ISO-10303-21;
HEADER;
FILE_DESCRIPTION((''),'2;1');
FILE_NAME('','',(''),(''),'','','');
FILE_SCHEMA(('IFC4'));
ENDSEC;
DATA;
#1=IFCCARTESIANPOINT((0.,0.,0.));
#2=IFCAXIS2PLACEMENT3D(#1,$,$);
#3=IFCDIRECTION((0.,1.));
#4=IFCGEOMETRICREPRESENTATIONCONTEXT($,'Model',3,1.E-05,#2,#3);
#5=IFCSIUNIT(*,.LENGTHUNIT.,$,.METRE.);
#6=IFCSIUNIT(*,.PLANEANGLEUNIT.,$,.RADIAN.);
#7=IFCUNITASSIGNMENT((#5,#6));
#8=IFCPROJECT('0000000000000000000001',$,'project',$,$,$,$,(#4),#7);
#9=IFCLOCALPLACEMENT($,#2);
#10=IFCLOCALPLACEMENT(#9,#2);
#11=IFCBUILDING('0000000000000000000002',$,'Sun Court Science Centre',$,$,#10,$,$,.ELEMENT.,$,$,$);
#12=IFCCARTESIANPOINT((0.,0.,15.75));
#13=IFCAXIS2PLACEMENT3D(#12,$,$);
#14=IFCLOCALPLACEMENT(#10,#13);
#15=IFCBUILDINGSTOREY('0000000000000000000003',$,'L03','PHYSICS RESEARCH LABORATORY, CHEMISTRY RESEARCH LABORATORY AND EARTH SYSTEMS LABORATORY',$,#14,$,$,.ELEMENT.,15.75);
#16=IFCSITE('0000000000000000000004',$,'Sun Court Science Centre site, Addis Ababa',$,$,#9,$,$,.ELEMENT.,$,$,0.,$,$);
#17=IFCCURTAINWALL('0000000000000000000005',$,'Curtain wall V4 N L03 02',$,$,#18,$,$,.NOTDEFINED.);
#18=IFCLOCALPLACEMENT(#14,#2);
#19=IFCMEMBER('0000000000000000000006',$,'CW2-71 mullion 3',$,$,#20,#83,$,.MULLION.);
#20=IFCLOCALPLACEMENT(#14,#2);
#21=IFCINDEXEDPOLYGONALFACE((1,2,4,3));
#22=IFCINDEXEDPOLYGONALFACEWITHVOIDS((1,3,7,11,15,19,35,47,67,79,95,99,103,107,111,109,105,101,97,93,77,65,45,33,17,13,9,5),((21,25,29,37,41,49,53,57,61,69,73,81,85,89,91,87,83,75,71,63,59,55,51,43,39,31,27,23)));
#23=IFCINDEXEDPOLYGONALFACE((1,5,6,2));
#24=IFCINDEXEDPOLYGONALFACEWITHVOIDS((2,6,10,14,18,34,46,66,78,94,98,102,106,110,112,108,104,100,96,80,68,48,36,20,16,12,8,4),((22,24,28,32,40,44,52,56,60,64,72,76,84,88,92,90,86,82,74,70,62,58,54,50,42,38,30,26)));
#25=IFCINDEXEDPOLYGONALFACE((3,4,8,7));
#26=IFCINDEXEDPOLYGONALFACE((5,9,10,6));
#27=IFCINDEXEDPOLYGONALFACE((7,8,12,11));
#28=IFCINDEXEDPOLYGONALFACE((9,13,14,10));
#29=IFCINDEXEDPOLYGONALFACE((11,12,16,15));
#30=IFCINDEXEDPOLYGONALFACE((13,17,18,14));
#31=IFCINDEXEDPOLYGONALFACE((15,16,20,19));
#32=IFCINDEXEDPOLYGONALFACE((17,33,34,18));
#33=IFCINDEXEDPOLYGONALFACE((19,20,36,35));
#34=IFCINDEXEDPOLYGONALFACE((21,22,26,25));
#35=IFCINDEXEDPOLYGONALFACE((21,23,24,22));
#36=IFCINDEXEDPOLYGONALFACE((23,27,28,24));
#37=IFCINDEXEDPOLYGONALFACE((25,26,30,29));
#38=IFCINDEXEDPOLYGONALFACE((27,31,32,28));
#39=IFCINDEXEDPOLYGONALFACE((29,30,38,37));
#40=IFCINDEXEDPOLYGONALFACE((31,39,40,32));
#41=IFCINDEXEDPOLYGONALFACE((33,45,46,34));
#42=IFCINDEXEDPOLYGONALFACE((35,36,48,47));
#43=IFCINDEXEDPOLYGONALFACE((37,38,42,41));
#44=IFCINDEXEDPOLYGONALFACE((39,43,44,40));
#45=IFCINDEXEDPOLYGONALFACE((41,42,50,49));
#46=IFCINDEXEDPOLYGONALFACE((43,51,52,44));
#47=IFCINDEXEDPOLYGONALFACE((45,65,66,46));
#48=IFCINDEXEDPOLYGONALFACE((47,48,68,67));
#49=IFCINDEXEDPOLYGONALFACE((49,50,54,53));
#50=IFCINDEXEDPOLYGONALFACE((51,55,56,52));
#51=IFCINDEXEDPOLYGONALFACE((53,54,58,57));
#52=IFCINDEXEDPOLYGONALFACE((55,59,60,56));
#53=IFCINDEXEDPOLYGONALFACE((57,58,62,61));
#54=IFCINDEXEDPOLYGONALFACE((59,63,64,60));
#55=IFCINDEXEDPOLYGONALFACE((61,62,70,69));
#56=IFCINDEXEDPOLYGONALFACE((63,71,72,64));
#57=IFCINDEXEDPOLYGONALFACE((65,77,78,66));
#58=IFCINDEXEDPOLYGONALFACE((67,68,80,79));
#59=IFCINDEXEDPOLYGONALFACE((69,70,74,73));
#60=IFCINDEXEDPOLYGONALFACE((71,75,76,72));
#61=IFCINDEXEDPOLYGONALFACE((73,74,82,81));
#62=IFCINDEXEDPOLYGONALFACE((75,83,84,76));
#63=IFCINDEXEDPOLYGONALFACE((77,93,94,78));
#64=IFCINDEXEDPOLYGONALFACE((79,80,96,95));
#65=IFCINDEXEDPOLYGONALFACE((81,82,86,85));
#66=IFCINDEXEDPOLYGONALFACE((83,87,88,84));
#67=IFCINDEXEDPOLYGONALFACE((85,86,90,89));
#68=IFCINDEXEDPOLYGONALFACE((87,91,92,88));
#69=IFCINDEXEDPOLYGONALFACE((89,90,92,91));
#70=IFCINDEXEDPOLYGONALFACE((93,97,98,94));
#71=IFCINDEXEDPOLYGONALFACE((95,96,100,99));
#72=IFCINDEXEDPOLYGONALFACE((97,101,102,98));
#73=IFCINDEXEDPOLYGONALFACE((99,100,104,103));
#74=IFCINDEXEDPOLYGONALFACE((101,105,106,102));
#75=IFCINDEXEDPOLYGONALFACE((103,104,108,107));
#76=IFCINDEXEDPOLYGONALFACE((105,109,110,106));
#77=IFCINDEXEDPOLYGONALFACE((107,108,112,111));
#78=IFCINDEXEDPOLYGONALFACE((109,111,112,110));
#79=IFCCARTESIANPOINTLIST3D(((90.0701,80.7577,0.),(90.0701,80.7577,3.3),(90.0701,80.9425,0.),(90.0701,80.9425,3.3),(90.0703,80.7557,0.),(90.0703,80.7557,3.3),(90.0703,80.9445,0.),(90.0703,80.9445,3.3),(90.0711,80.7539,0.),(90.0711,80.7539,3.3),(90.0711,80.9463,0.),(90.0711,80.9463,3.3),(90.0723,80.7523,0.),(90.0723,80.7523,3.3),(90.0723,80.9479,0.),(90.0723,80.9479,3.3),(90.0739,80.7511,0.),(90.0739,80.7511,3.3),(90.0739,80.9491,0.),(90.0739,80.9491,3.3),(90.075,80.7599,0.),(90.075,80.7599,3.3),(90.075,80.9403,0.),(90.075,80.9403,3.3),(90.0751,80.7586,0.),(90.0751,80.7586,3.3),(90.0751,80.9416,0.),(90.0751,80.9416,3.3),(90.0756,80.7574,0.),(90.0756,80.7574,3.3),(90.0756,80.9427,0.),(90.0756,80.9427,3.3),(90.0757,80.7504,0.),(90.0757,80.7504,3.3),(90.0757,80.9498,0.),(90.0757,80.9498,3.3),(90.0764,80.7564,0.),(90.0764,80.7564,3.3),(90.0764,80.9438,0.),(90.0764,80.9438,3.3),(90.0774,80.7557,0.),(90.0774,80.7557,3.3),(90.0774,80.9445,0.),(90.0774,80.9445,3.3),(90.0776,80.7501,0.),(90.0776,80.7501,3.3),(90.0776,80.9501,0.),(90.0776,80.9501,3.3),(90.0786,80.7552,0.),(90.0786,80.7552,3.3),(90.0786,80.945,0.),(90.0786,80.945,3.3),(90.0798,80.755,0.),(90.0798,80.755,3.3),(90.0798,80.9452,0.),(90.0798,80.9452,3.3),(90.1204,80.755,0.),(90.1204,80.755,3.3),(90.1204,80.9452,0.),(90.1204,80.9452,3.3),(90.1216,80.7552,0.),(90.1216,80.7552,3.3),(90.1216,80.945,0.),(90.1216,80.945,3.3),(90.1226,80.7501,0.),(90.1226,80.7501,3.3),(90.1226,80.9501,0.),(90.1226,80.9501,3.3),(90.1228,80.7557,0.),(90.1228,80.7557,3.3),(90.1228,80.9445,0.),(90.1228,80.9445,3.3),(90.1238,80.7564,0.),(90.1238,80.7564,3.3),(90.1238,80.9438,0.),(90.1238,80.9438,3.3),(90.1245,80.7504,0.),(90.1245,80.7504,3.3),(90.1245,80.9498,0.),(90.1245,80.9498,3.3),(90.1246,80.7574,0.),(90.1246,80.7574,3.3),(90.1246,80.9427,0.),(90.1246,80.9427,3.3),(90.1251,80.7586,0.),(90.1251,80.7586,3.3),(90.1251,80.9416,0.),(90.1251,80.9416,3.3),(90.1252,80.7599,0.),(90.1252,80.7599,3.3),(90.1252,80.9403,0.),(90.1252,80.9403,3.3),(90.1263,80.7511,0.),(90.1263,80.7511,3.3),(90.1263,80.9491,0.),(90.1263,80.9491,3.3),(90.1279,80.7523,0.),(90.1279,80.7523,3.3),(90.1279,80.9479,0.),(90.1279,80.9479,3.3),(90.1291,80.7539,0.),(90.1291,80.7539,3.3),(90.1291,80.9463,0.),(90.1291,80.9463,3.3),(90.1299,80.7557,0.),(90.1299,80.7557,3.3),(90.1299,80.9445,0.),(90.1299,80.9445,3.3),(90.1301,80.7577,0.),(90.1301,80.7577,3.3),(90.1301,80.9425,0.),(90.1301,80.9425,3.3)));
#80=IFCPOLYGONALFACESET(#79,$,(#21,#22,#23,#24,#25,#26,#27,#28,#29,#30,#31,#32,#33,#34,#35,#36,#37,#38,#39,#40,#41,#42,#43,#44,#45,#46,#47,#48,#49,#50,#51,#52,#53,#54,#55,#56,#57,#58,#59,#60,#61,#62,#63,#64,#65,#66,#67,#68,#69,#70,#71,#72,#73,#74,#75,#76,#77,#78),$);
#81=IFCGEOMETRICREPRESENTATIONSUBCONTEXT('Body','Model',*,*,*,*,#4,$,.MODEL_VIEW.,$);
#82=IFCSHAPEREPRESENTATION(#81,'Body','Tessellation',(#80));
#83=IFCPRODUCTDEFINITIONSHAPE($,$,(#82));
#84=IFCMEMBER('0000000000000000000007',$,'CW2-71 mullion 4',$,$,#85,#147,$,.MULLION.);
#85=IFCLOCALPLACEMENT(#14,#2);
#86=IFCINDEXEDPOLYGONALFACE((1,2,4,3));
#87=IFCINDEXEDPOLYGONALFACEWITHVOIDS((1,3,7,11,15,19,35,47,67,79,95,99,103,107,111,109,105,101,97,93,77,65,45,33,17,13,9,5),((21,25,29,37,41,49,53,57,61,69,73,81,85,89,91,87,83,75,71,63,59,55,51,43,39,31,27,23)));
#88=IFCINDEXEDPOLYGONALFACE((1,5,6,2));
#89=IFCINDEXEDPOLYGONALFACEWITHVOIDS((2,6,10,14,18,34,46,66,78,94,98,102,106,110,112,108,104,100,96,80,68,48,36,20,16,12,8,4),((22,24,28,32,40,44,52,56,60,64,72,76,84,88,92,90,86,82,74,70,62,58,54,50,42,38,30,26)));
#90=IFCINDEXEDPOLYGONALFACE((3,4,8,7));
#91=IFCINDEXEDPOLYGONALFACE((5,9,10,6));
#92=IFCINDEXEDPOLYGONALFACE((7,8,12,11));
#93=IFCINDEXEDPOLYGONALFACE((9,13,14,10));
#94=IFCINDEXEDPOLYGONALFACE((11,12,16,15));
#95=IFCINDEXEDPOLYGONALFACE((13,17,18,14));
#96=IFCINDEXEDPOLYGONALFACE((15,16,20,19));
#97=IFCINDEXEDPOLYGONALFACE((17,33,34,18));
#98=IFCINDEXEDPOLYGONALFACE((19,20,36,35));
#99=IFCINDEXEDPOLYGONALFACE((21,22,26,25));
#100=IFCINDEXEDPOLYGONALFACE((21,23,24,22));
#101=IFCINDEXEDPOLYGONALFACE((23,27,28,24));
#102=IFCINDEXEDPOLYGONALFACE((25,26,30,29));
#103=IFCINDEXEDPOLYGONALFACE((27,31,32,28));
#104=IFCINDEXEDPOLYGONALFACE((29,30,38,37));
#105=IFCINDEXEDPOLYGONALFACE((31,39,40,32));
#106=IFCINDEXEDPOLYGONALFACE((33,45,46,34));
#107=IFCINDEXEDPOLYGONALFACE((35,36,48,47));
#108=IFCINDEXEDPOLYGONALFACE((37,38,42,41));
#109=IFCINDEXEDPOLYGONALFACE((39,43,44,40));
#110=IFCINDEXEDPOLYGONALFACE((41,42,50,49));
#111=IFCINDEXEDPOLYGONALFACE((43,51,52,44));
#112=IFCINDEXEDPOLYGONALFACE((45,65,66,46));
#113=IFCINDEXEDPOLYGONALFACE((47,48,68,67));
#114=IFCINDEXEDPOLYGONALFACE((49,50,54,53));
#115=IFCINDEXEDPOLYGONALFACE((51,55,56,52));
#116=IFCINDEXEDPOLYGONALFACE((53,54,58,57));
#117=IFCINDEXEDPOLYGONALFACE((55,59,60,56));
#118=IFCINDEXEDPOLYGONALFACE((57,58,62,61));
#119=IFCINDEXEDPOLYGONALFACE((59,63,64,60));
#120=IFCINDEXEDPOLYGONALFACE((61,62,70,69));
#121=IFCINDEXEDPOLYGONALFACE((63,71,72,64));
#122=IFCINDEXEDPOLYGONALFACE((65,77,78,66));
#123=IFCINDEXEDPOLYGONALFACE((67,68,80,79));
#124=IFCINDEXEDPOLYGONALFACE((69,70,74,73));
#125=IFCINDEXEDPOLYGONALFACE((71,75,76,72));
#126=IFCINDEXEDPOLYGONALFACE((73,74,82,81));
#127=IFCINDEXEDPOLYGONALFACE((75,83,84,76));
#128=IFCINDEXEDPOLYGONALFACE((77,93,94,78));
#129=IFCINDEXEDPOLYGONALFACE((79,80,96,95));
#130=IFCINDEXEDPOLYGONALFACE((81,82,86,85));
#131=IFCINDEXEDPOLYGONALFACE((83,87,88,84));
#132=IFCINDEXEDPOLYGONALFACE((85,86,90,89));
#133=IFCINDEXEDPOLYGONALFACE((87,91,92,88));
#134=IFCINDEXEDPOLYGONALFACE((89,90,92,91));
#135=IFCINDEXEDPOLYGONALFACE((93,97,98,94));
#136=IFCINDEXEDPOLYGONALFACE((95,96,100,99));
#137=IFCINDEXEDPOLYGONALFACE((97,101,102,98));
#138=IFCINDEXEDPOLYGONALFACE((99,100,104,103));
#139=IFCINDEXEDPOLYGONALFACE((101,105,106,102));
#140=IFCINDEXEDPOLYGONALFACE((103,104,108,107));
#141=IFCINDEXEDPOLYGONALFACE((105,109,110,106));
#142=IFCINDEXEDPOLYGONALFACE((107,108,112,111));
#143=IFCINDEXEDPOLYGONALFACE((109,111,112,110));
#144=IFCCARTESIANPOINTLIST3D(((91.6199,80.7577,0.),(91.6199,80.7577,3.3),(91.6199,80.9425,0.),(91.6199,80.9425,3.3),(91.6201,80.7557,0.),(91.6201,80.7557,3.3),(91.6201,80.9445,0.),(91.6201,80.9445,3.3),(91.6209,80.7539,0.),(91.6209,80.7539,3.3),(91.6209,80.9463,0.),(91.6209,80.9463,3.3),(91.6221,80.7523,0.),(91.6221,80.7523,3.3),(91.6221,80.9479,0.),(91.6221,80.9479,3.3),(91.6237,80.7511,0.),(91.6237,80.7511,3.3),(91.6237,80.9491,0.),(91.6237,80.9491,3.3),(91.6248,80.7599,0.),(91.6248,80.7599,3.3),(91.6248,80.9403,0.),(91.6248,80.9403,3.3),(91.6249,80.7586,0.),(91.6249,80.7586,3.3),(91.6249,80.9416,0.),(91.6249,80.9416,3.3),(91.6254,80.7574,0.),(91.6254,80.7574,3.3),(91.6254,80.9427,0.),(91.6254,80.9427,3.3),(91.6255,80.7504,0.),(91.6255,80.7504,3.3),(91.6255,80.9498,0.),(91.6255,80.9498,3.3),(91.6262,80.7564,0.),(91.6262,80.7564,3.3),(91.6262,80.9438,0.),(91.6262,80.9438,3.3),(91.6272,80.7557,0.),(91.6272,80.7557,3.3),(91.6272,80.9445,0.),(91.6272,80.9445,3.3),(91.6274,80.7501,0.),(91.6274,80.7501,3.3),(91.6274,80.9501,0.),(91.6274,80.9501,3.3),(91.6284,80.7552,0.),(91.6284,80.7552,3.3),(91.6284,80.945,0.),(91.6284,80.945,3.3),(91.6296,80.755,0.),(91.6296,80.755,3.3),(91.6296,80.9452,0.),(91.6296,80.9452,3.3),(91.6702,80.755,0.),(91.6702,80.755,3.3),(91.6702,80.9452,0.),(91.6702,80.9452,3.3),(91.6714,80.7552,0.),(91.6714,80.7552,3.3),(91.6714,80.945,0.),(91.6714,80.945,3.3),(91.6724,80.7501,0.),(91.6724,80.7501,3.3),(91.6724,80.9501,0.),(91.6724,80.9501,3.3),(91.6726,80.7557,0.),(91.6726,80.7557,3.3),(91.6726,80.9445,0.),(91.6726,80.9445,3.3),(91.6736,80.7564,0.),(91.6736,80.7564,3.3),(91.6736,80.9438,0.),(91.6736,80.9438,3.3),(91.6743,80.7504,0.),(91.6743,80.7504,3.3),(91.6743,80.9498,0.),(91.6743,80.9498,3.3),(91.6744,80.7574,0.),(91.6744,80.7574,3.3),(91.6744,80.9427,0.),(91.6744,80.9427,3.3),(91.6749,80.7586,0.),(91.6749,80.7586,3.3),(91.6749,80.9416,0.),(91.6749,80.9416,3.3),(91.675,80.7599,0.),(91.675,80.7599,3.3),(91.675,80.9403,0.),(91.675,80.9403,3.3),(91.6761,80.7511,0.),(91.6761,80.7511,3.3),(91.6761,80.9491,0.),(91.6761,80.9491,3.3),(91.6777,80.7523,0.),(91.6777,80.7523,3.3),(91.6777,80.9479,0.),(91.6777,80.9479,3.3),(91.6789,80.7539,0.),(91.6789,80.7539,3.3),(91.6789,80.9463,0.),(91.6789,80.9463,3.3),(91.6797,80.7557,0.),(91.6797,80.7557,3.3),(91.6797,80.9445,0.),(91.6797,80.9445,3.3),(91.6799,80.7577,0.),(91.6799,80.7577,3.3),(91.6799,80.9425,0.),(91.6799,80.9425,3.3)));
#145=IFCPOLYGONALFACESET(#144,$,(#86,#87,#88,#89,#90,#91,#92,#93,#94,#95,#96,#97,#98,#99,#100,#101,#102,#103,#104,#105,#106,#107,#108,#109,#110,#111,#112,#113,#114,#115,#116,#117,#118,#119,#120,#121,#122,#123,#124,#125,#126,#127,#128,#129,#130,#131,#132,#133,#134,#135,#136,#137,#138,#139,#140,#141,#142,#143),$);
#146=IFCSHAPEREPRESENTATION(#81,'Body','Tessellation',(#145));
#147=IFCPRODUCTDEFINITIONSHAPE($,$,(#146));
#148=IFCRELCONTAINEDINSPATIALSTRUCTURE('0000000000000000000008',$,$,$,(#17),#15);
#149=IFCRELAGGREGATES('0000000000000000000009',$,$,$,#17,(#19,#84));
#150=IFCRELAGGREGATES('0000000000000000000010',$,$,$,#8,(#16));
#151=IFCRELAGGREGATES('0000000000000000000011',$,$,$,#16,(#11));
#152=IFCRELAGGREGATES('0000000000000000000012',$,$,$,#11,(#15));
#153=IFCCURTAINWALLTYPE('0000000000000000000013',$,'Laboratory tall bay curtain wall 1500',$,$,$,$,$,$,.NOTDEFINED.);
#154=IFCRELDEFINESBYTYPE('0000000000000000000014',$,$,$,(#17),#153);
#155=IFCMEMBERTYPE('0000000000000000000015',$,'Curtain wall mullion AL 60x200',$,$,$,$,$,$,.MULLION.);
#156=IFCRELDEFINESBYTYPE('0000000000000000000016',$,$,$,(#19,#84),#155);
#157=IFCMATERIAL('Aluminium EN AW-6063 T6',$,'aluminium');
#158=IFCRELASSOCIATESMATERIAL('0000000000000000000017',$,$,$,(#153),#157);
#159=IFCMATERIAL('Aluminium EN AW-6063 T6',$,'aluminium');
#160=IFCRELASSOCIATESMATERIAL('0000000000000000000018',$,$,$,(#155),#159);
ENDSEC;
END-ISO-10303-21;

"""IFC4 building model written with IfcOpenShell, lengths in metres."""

from ifc_helpers import new_model, si_unit, direction, frame, origin, origin_2d, place, context, subcontext, project, spatial, hollow_rectangle, extrude, material, material_profile, profile_set, type_object, element, aggregate, save


model = new_model("IFC4")

# Units and contexts
model_context = context("Model", 3, precision=1e-05, world=origin(), true_north=direction((0.0, 1.0)))
body_context = subcontext(model_context, "Body", "Model", "MODEL_VIEW")
ifc_project = project(units=[si_unit("LENGTHUNIT", "METRE"), si_unit("PLANEANGLEUNIT", "RADIAN")], contexts=[model_context])

# Site, building, storey
site_placement = place(None, origin())
site = spatial("IfcSite", under=ifc_project, at=site_placement, Name="Sun Court Science Centre site, Addis Ababa", CompositionType="ELEMENT", RefElevation=0.0)
building_placement = place(site_placement, origin())
building = spatial("IfcBuilding", under=site, at=building_placement, Name="Sun Court Science Centre", CompositionType="ELEMENT")
storey_placement = place(building_placement, frame((0.0, 0.0, 15.75)))
storey = spatial("IfcBuildingStorey", under=building, at=storey_placement, Name="L03", Description="PHYSICS RESEARCH LABORATORY, CHEMISTRY RESEARCH LABORATORY AND EARTH SYSTEMS LABORATORY", CompositionType="ELEMENT", Elevation=15.75)

# Curtain wall, members
ifc_material_1 = material(Name="Aluminium EN AW-6063 T6", Category="aluminium")
curtain_wall_type = type_object("IfcCurtainWallType", Name="Laboratory tall bay curtain wall 1500", PredefinedType="NOTDEFINED", material=ifc_material_1)
ifc_material_2 = material(Name="Aluminium EN AW-6063 T6", Category="aluminium")
ifc_material_profile_1 = material_profile(ifc_material_2, hollow_rectangle(XDim=0.0601, YDim=0.2, WallThickness=0.0049, InnerFilletRadius=0.0049, OuterFilletRadius=0.0076, at=origin_2d()), Name="AL 60x200x5")
ifc_profile_set_1 = profile_set([ifc_material_profile_1], Name="Aluminium EN AW-6063 T6")
member_type_1 = type_object("IfcMemberType", Name="Curtain wall mullion AL 60x200", PredefinedType="MULLION", material=ifc_profile_set_1)
curtain_wall_1_placement = place(storey_placement, origin())
curtain_wall_1 = element("IfcCurtainWall", 1, at=curtain_wall_1_placement, inside=storey, type_object=curtain_wall_type, Name="Curtain wall V4 N L03 02", PredefinedType="NOTDEFINED")
member_1_placement = place(storey_placement, frame((90.1001, 80.8501, 0.0), z_axis=(0.0, 0.0, 1.0), x_axis=(1.0, 0.0, 0.0)))
member_1 = element("IfcMember", 2, at=member_1_placement, type_object=member_type_1, Name="CW2-71 mullion 3", PredefinedType="MULLION", context=body_context, shape_type="SweptSolid", body=[
    extrude(hollow_rectangle(XDim=0.0601, YDim=0.2, WallThickness=0.0049, InnerFilletRadius=0.0049, OuterFilletRadius=0.0076, at=origin_2d()), origin(), (0.0, 0.0, 1.0), 3.3),
])
member_2_placement = place(storey_placement, frame((91.6499, 80.8501, 0.0), z_axis=(0.0, 0.0, 1.0), x_axis=(1.0, 0.0, 0.0)))
member_2 = element("IfcMember", 3, at=member_2_placement, type_object=member_type_1, Name="CW2-71 mullion 4", PredefinedType="MULLION", context=body_context, shape_type="SweptSolid", body=[
    extrude(hollow_rectangle(XDim=0.0601, YDim=0.2, WallThickness=0.0049, InnerFilletRadius=0.0049, OuterFilletRadius=0.0076, at=origin_2d()), origin(), (0.0, 0.0, 1.0), 3.3),
])

aggregate(curtain_wall_1, [member_1, member_2])

save(model, "model.ifc")
